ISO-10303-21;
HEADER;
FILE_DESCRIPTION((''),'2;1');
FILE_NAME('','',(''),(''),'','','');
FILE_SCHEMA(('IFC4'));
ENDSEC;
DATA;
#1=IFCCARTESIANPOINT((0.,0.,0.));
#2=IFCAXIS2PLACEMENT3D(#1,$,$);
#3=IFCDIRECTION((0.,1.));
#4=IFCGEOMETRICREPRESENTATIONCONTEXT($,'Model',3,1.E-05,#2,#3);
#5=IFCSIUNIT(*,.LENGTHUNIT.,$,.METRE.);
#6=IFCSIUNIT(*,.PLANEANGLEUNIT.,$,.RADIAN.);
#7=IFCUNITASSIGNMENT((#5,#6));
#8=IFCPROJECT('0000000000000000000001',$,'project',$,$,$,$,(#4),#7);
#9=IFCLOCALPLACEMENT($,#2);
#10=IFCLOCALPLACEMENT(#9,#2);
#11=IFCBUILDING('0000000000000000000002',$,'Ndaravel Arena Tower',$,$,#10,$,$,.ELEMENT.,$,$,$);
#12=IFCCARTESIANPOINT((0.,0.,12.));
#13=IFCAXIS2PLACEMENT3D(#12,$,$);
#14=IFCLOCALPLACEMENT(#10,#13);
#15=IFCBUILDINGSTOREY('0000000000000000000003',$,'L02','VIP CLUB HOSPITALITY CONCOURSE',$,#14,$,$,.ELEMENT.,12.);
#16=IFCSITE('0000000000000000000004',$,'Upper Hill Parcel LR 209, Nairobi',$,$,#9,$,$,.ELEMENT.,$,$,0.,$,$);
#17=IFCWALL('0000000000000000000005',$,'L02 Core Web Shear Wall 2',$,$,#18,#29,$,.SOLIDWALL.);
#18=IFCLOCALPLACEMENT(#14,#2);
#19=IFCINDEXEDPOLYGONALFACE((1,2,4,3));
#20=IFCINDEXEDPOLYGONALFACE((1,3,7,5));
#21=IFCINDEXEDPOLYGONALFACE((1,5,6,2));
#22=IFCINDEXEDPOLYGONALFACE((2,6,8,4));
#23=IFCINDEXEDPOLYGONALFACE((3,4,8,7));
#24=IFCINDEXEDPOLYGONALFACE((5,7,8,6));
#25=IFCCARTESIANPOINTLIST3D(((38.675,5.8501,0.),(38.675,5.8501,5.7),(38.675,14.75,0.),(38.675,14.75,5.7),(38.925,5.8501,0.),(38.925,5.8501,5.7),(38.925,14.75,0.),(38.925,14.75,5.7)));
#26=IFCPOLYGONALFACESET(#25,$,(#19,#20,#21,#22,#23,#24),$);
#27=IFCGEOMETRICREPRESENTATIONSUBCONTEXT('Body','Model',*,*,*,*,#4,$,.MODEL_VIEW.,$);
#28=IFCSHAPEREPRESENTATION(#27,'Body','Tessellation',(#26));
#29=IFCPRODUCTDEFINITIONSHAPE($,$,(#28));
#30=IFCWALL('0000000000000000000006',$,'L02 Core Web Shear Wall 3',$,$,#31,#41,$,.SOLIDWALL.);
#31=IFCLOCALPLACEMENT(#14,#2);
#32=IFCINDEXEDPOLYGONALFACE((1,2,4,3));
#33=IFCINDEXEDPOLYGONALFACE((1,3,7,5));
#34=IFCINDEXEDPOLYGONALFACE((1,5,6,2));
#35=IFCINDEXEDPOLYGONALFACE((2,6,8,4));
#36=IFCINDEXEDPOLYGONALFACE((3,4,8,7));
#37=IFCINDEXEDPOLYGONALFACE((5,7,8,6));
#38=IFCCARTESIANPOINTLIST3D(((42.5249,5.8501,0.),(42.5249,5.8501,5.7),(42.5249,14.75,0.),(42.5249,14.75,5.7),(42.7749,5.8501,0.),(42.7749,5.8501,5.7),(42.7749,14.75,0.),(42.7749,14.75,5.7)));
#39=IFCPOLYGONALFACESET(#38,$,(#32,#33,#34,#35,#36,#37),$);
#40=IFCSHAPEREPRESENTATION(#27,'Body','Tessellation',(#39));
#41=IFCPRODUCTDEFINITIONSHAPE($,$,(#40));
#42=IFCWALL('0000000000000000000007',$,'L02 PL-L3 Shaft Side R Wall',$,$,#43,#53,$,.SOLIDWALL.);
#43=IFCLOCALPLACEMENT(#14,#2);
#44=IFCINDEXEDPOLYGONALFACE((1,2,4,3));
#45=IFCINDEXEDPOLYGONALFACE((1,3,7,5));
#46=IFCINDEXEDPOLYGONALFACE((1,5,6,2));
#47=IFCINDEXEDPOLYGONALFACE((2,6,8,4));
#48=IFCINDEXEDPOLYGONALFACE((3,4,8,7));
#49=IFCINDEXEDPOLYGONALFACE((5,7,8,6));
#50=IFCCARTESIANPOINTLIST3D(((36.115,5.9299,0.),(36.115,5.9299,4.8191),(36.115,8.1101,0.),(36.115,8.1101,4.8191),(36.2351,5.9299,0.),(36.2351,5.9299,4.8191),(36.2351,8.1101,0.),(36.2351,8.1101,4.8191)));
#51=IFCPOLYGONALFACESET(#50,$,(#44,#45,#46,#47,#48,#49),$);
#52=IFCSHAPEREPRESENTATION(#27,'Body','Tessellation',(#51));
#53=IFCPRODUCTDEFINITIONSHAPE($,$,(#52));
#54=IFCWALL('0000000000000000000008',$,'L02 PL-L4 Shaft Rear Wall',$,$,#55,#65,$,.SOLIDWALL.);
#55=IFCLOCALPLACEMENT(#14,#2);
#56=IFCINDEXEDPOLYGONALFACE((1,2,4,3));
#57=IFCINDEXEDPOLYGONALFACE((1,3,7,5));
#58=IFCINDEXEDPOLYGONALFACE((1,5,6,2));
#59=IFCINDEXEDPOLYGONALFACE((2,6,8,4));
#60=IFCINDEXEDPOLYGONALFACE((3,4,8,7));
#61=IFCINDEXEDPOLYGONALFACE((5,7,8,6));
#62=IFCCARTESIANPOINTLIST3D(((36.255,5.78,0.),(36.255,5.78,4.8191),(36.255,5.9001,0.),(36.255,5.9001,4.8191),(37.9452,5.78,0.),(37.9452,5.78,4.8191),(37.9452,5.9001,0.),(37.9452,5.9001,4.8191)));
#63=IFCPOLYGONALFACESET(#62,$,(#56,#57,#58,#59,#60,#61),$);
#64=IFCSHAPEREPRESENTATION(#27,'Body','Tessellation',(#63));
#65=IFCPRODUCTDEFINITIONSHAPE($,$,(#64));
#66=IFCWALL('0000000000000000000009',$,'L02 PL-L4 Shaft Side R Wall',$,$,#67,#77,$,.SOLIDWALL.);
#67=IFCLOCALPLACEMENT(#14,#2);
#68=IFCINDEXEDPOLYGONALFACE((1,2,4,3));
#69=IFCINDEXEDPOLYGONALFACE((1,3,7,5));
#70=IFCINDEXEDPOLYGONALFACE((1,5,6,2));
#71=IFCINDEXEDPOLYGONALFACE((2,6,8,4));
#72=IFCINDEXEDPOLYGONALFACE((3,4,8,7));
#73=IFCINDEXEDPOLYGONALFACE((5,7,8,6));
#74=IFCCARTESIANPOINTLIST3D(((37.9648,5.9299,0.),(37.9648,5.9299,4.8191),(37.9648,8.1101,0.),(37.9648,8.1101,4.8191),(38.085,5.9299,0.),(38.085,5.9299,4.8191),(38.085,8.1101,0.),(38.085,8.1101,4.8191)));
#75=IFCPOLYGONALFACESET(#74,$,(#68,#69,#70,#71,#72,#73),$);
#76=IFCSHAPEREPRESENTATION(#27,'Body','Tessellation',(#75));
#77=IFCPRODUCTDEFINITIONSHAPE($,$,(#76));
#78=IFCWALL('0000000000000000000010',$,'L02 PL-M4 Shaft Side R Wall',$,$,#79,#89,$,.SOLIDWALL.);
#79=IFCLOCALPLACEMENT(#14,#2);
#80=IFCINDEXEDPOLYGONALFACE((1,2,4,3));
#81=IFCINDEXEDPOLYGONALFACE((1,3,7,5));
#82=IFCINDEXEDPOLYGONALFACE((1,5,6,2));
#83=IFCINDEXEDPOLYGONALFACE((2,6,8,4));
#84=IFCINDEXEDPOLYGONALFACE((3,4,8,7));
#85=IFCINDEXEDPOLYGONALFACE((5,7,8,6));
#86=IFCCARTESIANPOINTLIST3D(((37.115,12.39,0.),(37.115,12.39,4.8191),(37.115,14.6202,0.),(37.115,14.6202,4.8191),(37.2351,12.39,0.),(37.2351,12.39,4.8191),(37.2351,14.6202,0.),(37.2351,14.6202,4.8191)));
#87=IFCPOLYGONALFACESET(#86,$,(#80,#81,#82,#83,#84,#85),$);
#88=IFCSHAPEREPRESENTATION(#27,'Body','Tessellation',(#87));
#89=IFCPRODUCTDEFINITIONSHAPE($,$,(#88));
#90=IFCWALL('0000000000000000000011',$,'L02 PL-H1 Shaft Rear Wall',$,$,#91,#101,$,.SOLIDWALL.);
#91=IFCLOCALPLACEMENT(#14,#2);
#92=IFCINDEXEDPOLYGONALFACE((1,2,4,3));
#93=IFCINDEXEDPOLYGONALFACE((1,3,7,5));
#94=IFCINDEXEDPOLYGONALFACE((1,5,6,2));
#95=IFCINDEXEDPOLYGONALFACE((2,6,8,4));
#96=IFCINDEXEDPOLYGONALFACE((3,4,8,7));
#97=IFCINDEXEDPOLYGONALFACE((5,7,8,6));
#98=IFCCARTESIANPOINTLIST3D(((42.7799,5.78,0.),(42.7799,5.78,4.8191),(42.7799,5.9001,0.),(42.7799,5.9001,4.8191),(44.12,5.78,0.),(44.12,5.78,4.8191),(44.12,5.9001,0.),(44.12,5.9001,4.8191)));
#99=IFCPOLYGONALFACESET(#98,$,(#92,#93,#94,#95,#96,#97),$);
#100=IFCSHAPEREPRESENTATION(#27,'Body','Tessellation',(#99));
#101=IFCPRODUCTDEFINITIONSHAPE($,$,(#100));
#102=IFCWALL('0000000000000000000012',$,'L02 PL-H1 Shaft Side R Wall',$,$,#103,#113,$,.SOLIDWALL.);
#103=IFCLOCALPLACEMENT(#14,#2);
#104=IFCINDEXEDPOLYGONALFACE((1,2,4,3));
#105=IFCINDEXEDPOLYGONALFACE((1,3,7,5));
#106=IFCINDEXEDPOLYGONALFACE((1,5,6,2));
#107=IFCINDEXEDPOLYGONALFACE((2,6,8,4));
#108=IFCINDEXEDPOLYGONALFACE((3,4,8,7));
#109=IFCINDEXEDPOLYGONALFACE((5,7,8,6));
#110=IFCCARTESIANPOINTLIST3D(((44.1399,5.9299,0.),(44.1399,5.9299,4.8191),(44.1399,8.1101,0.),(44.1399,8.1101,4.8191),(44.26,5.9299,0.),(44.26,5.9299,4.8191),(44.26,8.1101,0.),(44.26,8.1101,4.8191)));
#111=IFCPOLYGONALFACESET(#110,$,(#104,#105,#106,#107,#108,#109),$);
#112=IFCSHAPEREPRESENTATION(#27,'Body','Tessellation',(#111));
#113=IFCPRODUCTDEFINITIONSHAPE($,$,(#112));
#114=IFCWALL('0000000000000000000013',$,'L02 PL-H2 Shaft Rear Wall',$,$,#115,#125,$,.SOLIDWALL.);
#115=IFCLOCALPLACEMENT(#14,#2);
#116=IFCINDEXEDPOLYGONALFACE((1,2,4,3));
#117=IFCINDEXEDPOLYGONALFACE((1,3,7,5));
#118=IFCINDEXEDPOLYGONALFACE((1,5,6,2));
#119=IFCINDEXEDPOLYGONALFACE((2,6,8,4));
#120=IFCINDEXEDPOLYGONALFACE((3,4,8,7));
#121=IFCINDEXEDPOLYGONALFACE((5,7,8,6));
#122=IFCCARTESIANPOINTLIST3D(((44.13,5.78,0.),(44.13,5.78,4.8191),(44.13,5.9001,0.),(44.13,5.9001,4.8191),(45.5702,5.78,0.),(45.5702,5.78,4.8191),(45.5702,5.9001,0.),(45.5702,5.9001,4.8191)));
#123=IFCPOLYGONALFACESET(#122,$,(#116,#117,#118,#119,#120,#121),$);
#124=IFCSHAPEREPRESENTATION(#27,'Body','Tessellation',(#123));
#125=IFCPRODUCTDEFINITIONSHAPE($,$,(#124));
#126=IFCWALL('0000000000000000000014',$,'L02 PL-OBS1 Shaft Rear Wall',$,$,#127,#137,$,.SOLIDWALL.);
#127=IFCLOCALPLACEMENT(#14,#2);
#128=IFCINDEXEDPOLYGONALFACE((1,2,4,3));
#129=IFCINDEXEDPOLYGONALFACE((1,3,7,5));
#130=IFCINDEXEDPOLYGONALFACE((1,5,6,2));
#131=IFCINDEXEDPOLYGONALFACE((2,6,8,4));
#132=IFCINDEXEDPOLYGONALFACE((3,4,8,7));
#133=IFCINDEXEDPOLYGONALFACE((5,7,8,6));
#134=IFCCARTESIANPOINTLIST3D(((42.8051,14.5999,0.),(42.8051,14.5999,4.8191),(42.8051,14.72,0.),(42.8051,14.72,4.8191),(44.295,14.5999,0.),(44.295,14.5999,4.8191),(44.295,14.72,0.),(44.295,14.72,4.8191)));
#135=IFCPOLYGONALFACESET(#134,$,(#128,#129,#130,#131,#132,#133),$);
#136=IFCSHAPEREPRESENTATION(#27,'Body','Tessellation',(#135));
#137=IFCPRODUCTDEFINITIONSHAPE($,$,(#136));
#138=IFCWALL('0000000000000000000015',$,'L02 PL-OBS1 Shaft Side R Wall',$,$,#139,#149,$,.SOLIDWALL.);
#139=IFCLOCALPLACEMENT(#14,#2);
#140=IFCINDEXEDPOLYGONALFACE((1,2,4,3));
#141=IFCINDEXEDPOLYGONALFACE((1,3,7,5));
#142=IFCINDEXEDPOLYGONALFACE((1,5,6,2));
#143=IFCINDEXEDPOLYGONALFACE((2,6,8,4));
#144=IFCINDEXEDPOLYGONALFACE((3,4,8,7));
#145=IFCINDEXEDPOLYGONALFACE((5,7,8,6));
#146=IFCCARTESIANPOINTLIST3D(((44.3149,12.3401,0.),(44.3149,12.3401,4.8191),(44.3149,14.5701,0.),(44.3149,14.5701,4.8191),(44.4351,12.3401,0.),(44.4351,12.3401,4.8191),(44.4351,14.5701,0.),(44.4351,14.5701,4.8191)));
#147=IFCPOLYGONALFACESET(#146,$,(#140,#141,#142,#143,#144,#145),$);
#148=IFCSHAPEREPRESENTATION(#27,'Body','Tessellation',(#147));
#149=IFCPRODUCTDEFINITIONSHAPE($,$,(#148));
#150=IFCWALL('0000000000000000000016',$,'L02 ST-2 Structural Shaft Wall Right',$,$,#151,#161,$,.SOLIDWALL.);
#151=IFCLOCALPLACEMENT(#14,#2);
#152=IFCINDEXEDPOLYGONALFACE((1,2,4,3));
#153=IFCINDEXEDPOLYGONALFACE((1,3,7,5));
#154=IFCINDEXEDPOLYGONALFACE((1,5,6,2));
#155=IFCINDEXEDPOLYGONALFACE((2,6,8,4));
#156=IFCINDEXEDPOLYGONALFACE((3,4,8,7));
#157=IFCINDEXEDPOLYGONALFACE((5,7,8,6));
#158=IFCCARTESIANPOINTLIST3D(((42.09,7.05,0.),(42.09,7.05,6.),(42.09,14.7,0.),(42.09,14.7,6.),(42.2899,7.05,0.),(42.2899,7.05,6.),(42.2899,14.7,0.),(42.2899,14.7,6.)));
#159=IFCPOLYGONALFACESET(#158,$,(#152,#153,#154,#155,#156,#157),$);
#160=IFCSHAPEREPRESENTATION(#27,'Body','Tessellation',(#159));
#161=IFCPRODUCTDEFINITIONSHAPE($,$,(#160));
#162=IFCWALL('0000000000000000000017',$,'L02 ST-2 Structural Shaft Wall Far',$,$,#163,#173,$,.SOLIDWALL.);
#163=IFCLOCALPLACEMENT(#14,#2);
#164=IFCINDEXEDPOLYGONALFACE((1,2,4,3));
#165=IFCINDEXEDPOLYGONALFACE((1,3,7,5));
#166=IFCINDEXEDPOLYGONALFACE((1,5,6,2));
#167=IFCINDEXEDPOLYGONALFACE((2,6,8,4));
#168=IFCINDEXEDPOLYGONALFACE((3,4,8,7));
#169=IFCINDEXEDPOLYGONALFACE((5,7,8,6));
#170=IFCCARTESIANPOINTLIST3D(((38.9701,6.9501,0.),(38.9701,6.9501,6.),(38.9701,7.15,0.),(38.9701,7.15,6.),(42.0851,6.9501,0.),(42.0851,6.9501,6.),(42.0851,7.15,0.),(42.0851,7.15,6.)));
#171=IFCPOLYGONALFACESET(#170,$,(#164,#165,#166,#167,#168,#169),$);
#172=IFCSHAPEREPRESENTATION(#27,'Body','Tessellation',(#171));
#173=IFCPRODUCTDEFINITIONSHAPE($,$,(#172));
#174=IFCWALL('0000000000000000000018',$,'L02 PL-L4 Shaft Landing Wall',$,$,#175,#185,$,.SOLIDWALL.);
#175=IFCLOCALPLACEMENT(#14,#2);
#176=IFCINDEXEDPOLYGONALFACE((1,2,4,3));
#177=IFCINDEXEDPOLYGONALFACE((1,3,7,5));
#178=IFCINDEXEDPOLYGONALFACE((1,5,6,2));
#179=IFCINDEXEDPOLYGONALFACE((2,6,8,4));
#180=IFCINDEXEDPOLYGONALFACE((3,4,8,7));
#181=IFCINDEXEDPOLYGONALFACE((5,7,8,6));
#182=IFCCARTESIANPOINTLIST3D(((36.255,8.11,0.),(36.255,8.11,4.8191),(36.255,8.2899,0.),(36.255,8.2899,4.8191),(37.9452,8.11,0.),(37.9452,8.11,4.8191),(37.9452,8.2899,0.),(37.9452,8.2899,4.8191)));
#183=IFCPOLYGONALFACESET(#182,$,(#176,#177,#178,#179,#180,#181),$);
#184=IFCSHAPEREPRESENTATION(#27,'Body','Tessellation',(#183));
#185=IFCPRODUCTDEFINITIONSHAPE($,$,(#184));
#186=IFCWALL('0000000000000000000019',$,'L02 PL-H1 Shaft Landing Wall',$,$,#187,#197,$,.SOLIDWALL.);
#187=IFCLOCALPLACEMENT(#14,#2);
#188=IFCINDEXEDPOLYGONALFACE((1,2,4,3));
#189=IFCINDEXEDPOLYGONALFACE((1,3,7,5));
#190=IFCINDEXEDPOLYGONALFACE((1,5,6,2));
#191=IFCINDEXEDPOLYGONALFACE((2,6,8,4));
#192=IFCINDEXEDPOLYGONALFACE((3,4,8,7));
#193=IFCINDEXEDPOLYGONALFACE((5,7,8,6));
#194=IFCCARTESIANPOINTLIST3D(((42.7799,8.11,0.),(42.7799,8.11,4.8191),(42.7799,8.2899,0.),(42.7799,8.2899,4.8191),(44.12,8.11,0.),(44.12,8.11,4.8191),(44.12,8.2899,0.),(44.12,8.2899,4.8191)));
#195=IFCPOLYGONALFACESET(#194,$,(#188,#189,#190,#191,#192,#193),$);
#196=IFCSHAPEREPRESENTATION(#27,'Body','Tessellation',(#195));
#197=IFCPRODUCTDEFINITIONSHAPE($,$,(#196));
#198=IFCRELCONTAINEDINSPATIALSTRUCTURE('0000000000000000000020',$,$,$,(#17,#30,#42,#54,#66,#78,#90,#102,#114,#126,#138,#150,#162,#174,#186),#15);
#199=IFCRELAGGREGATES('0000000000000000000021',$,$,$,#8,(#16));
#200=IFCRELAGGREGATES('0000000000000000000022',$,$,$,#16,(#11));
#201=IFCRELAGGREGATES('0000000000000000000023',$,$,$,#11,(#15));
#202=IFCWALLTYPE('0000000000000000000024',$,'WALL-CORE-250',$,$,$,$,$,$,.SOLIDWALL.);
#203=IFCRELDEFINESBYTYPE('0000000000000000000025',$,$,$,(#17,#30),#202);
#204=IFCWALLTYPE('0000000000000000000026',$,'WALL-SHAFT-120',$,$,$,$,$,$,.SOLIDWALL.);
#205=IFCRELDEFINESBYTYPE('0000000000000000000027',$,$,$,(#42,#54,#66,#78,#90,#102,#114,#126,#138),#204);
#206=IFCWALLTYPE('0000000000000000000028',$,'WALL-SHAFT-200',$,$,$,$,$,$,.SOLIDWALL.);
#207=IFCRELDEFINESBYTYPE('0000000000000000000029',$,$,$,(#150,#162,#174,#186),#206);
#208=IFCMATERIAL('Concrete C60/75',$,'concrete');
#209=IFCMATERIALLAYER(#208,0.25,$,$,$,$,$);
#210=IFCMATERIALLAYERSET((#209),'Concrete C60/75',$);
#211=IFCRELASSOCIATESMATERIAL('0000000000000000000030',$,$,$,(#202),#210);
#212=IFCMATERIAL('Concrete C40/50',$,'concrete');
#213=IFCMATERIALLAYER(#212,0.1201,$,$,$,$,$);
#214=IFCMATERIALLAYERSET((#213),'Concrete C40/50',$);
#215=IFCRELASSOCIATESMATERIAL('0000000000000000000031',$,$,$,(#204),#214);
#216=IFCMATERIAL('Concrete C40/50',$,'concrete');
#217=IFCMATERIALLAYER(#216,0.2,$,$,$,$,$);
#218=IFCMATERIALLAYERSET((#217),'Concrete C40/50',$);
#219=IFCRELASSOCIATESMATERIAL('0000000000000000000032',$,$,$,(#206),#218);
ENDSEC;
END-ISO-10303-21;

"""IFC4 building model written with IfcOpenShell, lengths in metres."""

from ifc_helpers import new_model, si_unit, direction, frame, frame_2d, origin, place, context, subcontext, project, spatial, rectangle, extrude, material, layer, layer_set, type_object, element, save


model = new_model("IFC4")

# Units and contexts
model_context = context("Model", 3, precision=1e-05, world=origin(), true_north=direction((0.0, 1.0)))
body_context = subcontext(model_context, "Body", "Model", "MODEL_VIEW")
ifc_project = project(units=[si_unit("LENGTHUNIT", "METRE"), si_unit("PLANEANGLEUNIT", "RADIAN")], contexts=[model_context])

# Site, building, storey
site_placement = place(None, origin())
site = spatial("IfcSite", under=ifc_project, at=site_placement, Name="Upper Hill Parcel LR 209, Nairobi", CompositionType="ELEMENT", RefElevation=0.0)
building_placement = place(site_placement, origin())
building = spatial("IfcBuilding", under=site, at=building_placement, Name="Ndaravel Arena Tower", CompositionType="ELEMENT")
storey_placement = place(building_placement, frame((0.0, 0.0, 12.0)))
storey = spatial("IfcBuildingStorey", under=building, at=storey_placement, Name="L02", Description="VIP CLUB HOSPITALITY CONCOURSE", CompositionType="ELEMENT", Elevation=12.0)

# Walls
ifc_material_1 = material(Name="Concrete C60/75", Category="concrete")
ifc_layer_1 = layer(ifc_material_1, 0.25)
ifc_layer_set_1 = layer_set([ifc_layer_1], Name="Concrete C60/75")
wall_type_1 = type_object("IfcWallType", Name="WALL-CORE-250", PredefinedType="SOLIDWALL", material=ifc_layer_set_1)
for number, where, z_axis, x_axis, name in (
    (1, (38.8, 5.8501, 0.0), (0.0, 0.0, 1.0), (0.0, 1.0, 0.0), "L02 Core Web Shear Wall 2"),
    (2, (42.6499, 5.8501, 0.0), (0.0, 0.0, 1.0), (0.0, 1.0, 0.0), "L02 Core Web Shear Wall 3"),
):
    element("IfcWall", number, at=place(storey_placement, frame(where, z_axis=z_axis, x_axis=x_axis)), inside=storey, type_object=wall_type_1, Name=name, PredefinedType="SOLIDWALL", context=body_context, shape_type="SweptSolid", body=[
        extrude(rectangle(XDim=8.8999, YDim=0.25, at=frame_2d((4.45, 0.0))), origin(), (0.0, 0.0, 1.0), 5.7),
    ])
ifc_material_2 = material(Name="Concrete C40/50", Category="concrete")
ifc_layer_2 = layer(ifc_material_2, 0.1201)
ifc_layer_set_2 = layer_set([ifc_layer_2], Name="Concrete C40/50")
wall_type_2 = type_object("IfcWallType", Name="WALL-SHAFT-120", PredefinedType="SOLIDWALL", material=ifc_layer_set_2)
wall_1_placement = place(storey_placement, frame((36.175, 5.9299, 0.0), z_axis=(0.0, 0.0, 1.0), x_axis=(0.0, 1.0, 0.0)))
element("IfcWall", 3, at=wall_1_placement, inside=storey, type_object=wall_type_2, Name="L02 PL-L3 Shaft Side R Wall", PredefinedType="SOLIDWALL", context=body_context, shape_type="SweptSolid", body=[
    extrude(rectangle(XDim=2.1802, YDim=0.1201, at=frame_2d((1.0901, 0.0))), origin(), (0.0, 0.0, 1.0), 4.8191),
])
wall_2_placement = place(storey_placement, frame((36.2549, 5.8401, 0.0), z_axis=(0.0, 0.0, 1.0), x_axis=(1.0, 0.0, 0.0)))
element("IfcWall", 4, at=wall_2_placement, inside=storey, type_object=wall_type_2, Name="L02 PL-L4 Shaft Rear Wall", PredefinedType="SOLIDWALL", context=body_context, shape_type="SweptSolid", body=[
    extrude(rectangle(XDim=1.6902, YDim=0.1201, at=frame_2d((0.8452, 0.0))), origin(), (0.0, 0.0, 1.0), 4.8191),
])
wall_3_placement = place(storey_placement, frame((38.0249, 5.9299, 0.0), z_axis=(0.0, 0.0, 1.0), x_axis=(0.0, 1.0, 0.0)))
element("IfcWall", 5, at=wall_3_placement, inside=storey, type_object=wall_type_2, Name="L02 PL-L4 Shaft Side R Wall", PredefinedType="SOLIDWALL", context=body_context, shape_type="SweptSolid", body=[
    extrude(rectangle(XDim=2.1802, YDim=0.1201, at=frame_2d((1.0901, 0.0))), origin(), (0.0, 0.0, 1.0), 4.8191),
])
wall_4_placement = place(storey_placement, frame((37.175, 12.3899, 0.0), z_axis=(0.0, 0.0, 1.0), x_axis=(0.0, 1.0, 0.0)))
element("IfcWall", 6, at=wall_4_placement, inside=storey, type_object=wall_type_2, Name="L02 PL-M4 Shaft Side R Wall", PredefinedType="SOLIDWALL", context=body_context, shape_type="SweptSolid", body=[
    extrude(rectangle(XDim=2.2302, YDim=0.1201, at=frame_2d((1.1152, 0.0))), origin(), (0.0, 0.0, 1.0), 4.8191),
])
wall_5_placement = place(storey_placement, frame((42.78, 5.8401, 0.0), z_axis=(0.0, 0.0, 1.0), x_axis=(1.0, 0.0, 0.0)))
element("IfcWall", 7, at=wall_5_placement, inside=storey, type_object=wall_type_2, Name="L02 PL-H1 Shaft Rear Wall", PredefinedType="SOLIDWALL", context=body_context, shape_type="SweptSolid", body=[
    extrude(rectangle(XDim=1.3401, YDim=0.1201, at=frame_2d((0.6699, 0.0))), origin(), (0.0, 0.0, 1.0), 4.8191),
])
wall_6_placement = place(storey_placement, frame((44.2, 5.9299, 0.0), z_axis=(0.0, 0.0, 1.0), x_axis=(0.0, 1.0, 0.0)))
element("IfcWall", 8, at=wall_6_placement, inside=storey, type_object=wall_type_2, Name="L02 PL-H1 Shaft Side R Wall", PredefinedType="SOLIDWALL", context=body_context, shape_type="SweptSolid", body=[
    extrude(rectangle(XDim=2.1802, YDim=0.1201, at=frame_2d((1.0901, 0.0))), origin(), (0.0, 0.0, 1.0), 4.8191),
])
wall_7_placement = place(storey_placement, frame((44.1299, 5.8401, 0.0), z_axis=(0.0, 0.0, 1.0), x_axis=(1.0, 0.0, 0.0)))
element("IfcWall", 9, at=wall_7_placement, inside=storey, type_object=wall_type_2, Name="L02 PL-H2 Shaft Rear Wall", PredefinedType="SOLIDWALL", context=body_context, shape_type="SweptSolid", body=[
    extrude(rectangle(XDim=1.4402, YDim=0.1201, at=frame_2d((0.7202, 0.0))), origin(), (0.0, 0.0, 1.0), 4.8191),
])
wall_8_placement = place(storey_placement, frame((42.8049, 14.6599, 0.0), z_axis=(0.0, 0.0, 1.0), x_axis=(1.0, 0.0, 0.0)))
element("IfcWall", 10, at=wall_8_placement, inside=storey, type_object=wall_type_2, Name="L02 PL-OBS1 Shaft Rear Wall", PredefinedType="SOLIDWALL", context=body_context, shape_type="SweptSolid", body=[
    extrude(rectangle(XDim=1.49, YDim=0.1201, at=frame_2d((0.7451, 0.0))), origin(), (0.0, 0.0, 1.0), 4.8191),
])
wall_9_placement = place(storey_placement, frame((44.375, 12.3401, 0.0), z_axis=(0.0, 0.0, 1.0), x_axis=(0.0, 1.0, 0.0)))
element("IfcWall", 11, at=wall_9_placement, inside=storey, type_object=wall_type_2, Name="L02 PL-OBS1 Shaft Side R Wall", PredefinedType="SOLIDWALL", context=body_context, shape_type="SweptSolid", body=[
    extrude(rectangle(XDim=2.23, YDim=0.1201, at=frame_2d((1.115, 0.0))), origin(), (0.0, 0.0, 1.0), 4.8191),
])
ifc_material_3 = material(Name="Concrete C40/50", Category="concrete")
ifc_layer_3 = layer(ifc_material_3, 0.2)
ifc_layer_set_3 = layer_set([ifc_layer_3], Name="Concrete C40/50")
wall_type_3 = type_object("IfcWallType", Name="WALL-SHAFT-200", PredefinedType="SOLIDWALL", material=ifc_layer_set_3)
wall_10_placement = place(storey_placement, frame((42.1899, 14.7, 0.0), z_axis=(0.0, 0.0, 1.0), x_axis=(0.0, -1.0, 0.0)))
element("IfcWall", 12, at=wall_10_placement, inside=storey, type_object=wall_type_3, Name="L02 ST-2 Structural Shaft Wall Right", PredefinedType="SOLIDWALL", context=body_context, shape_type="SweptSolid", body=[
    extrude(rectangle(XDim=7.6499, YDim=0.2, at=frame_2d((3.825, 0.0))), origin(), (0.0, 0.0, 1.0), 6.0),
])
wall_11_placement = place(storey_placement, frame((38.97, 7.05, 0.0), z_axis=(0.0, 0.0, 1.0), x_axis=(1.0, 0.0, 0.0)))
element("IfcWall", 13, at=wall_11_placement, inside=storey, type_object=wall_type_3, Name="L02 ST-2 Structural Shaft Wall Far", PredefinedType="SOLIDWALL", context=body_context, shape_type="SweptSolid", body=[
    extrude(rectangle(XDim=3.115, YDim=0.2, at=frame_2d((1.5576, 0.0))), origin(), (0.0, 0.0, 1.0), 6.0),
])
wall_12_placement = place(storey_placement, frame((36.2549, 8.2, 0.0), z_axis=(0.0, 0.0, 1.0), x_axis=(1.0, 0.0, 0.0)))
element("IfcWall", 14, at=wall_12_placement, inside=storey, type_object=wall_type_3, Name="L02 PL-L4 Shaft Landing Wall", PredefinedType="SOLIDWALL", context=body_context, shape_type="SweptSolid", body=[
    extrude(rectangle(XDim=1.6902, YDim=0.1799, at=frame_2d((0.8452, 0.0))), origin(), (0.0, 0.0, 1.0), 4.8191),
])
wall_13_placement = place(storey_placement, frame((42.78, 8.2, 0.0), z_axis=(0.0, 0.0, 1.0), x_axis=(1.0, 0.0, 0.0)))
element("IfcWall", 15, at=wall_13_placement, inside=storey, type_object=wall_type_3, Name="L02 PL-H1 Shaft Landing Wall", PredefinedType="SOLIDWALL", context=body_context, shape_type="SweptSolid", body=[
    extrude(rectangle(XDim=1.3401, YDim=0.1799, at=frame_2d((0.6699, 0.0))), origin(), (0.0, 0.0, 1.0), 4.8191),
])

save(model, "model.ifc")
